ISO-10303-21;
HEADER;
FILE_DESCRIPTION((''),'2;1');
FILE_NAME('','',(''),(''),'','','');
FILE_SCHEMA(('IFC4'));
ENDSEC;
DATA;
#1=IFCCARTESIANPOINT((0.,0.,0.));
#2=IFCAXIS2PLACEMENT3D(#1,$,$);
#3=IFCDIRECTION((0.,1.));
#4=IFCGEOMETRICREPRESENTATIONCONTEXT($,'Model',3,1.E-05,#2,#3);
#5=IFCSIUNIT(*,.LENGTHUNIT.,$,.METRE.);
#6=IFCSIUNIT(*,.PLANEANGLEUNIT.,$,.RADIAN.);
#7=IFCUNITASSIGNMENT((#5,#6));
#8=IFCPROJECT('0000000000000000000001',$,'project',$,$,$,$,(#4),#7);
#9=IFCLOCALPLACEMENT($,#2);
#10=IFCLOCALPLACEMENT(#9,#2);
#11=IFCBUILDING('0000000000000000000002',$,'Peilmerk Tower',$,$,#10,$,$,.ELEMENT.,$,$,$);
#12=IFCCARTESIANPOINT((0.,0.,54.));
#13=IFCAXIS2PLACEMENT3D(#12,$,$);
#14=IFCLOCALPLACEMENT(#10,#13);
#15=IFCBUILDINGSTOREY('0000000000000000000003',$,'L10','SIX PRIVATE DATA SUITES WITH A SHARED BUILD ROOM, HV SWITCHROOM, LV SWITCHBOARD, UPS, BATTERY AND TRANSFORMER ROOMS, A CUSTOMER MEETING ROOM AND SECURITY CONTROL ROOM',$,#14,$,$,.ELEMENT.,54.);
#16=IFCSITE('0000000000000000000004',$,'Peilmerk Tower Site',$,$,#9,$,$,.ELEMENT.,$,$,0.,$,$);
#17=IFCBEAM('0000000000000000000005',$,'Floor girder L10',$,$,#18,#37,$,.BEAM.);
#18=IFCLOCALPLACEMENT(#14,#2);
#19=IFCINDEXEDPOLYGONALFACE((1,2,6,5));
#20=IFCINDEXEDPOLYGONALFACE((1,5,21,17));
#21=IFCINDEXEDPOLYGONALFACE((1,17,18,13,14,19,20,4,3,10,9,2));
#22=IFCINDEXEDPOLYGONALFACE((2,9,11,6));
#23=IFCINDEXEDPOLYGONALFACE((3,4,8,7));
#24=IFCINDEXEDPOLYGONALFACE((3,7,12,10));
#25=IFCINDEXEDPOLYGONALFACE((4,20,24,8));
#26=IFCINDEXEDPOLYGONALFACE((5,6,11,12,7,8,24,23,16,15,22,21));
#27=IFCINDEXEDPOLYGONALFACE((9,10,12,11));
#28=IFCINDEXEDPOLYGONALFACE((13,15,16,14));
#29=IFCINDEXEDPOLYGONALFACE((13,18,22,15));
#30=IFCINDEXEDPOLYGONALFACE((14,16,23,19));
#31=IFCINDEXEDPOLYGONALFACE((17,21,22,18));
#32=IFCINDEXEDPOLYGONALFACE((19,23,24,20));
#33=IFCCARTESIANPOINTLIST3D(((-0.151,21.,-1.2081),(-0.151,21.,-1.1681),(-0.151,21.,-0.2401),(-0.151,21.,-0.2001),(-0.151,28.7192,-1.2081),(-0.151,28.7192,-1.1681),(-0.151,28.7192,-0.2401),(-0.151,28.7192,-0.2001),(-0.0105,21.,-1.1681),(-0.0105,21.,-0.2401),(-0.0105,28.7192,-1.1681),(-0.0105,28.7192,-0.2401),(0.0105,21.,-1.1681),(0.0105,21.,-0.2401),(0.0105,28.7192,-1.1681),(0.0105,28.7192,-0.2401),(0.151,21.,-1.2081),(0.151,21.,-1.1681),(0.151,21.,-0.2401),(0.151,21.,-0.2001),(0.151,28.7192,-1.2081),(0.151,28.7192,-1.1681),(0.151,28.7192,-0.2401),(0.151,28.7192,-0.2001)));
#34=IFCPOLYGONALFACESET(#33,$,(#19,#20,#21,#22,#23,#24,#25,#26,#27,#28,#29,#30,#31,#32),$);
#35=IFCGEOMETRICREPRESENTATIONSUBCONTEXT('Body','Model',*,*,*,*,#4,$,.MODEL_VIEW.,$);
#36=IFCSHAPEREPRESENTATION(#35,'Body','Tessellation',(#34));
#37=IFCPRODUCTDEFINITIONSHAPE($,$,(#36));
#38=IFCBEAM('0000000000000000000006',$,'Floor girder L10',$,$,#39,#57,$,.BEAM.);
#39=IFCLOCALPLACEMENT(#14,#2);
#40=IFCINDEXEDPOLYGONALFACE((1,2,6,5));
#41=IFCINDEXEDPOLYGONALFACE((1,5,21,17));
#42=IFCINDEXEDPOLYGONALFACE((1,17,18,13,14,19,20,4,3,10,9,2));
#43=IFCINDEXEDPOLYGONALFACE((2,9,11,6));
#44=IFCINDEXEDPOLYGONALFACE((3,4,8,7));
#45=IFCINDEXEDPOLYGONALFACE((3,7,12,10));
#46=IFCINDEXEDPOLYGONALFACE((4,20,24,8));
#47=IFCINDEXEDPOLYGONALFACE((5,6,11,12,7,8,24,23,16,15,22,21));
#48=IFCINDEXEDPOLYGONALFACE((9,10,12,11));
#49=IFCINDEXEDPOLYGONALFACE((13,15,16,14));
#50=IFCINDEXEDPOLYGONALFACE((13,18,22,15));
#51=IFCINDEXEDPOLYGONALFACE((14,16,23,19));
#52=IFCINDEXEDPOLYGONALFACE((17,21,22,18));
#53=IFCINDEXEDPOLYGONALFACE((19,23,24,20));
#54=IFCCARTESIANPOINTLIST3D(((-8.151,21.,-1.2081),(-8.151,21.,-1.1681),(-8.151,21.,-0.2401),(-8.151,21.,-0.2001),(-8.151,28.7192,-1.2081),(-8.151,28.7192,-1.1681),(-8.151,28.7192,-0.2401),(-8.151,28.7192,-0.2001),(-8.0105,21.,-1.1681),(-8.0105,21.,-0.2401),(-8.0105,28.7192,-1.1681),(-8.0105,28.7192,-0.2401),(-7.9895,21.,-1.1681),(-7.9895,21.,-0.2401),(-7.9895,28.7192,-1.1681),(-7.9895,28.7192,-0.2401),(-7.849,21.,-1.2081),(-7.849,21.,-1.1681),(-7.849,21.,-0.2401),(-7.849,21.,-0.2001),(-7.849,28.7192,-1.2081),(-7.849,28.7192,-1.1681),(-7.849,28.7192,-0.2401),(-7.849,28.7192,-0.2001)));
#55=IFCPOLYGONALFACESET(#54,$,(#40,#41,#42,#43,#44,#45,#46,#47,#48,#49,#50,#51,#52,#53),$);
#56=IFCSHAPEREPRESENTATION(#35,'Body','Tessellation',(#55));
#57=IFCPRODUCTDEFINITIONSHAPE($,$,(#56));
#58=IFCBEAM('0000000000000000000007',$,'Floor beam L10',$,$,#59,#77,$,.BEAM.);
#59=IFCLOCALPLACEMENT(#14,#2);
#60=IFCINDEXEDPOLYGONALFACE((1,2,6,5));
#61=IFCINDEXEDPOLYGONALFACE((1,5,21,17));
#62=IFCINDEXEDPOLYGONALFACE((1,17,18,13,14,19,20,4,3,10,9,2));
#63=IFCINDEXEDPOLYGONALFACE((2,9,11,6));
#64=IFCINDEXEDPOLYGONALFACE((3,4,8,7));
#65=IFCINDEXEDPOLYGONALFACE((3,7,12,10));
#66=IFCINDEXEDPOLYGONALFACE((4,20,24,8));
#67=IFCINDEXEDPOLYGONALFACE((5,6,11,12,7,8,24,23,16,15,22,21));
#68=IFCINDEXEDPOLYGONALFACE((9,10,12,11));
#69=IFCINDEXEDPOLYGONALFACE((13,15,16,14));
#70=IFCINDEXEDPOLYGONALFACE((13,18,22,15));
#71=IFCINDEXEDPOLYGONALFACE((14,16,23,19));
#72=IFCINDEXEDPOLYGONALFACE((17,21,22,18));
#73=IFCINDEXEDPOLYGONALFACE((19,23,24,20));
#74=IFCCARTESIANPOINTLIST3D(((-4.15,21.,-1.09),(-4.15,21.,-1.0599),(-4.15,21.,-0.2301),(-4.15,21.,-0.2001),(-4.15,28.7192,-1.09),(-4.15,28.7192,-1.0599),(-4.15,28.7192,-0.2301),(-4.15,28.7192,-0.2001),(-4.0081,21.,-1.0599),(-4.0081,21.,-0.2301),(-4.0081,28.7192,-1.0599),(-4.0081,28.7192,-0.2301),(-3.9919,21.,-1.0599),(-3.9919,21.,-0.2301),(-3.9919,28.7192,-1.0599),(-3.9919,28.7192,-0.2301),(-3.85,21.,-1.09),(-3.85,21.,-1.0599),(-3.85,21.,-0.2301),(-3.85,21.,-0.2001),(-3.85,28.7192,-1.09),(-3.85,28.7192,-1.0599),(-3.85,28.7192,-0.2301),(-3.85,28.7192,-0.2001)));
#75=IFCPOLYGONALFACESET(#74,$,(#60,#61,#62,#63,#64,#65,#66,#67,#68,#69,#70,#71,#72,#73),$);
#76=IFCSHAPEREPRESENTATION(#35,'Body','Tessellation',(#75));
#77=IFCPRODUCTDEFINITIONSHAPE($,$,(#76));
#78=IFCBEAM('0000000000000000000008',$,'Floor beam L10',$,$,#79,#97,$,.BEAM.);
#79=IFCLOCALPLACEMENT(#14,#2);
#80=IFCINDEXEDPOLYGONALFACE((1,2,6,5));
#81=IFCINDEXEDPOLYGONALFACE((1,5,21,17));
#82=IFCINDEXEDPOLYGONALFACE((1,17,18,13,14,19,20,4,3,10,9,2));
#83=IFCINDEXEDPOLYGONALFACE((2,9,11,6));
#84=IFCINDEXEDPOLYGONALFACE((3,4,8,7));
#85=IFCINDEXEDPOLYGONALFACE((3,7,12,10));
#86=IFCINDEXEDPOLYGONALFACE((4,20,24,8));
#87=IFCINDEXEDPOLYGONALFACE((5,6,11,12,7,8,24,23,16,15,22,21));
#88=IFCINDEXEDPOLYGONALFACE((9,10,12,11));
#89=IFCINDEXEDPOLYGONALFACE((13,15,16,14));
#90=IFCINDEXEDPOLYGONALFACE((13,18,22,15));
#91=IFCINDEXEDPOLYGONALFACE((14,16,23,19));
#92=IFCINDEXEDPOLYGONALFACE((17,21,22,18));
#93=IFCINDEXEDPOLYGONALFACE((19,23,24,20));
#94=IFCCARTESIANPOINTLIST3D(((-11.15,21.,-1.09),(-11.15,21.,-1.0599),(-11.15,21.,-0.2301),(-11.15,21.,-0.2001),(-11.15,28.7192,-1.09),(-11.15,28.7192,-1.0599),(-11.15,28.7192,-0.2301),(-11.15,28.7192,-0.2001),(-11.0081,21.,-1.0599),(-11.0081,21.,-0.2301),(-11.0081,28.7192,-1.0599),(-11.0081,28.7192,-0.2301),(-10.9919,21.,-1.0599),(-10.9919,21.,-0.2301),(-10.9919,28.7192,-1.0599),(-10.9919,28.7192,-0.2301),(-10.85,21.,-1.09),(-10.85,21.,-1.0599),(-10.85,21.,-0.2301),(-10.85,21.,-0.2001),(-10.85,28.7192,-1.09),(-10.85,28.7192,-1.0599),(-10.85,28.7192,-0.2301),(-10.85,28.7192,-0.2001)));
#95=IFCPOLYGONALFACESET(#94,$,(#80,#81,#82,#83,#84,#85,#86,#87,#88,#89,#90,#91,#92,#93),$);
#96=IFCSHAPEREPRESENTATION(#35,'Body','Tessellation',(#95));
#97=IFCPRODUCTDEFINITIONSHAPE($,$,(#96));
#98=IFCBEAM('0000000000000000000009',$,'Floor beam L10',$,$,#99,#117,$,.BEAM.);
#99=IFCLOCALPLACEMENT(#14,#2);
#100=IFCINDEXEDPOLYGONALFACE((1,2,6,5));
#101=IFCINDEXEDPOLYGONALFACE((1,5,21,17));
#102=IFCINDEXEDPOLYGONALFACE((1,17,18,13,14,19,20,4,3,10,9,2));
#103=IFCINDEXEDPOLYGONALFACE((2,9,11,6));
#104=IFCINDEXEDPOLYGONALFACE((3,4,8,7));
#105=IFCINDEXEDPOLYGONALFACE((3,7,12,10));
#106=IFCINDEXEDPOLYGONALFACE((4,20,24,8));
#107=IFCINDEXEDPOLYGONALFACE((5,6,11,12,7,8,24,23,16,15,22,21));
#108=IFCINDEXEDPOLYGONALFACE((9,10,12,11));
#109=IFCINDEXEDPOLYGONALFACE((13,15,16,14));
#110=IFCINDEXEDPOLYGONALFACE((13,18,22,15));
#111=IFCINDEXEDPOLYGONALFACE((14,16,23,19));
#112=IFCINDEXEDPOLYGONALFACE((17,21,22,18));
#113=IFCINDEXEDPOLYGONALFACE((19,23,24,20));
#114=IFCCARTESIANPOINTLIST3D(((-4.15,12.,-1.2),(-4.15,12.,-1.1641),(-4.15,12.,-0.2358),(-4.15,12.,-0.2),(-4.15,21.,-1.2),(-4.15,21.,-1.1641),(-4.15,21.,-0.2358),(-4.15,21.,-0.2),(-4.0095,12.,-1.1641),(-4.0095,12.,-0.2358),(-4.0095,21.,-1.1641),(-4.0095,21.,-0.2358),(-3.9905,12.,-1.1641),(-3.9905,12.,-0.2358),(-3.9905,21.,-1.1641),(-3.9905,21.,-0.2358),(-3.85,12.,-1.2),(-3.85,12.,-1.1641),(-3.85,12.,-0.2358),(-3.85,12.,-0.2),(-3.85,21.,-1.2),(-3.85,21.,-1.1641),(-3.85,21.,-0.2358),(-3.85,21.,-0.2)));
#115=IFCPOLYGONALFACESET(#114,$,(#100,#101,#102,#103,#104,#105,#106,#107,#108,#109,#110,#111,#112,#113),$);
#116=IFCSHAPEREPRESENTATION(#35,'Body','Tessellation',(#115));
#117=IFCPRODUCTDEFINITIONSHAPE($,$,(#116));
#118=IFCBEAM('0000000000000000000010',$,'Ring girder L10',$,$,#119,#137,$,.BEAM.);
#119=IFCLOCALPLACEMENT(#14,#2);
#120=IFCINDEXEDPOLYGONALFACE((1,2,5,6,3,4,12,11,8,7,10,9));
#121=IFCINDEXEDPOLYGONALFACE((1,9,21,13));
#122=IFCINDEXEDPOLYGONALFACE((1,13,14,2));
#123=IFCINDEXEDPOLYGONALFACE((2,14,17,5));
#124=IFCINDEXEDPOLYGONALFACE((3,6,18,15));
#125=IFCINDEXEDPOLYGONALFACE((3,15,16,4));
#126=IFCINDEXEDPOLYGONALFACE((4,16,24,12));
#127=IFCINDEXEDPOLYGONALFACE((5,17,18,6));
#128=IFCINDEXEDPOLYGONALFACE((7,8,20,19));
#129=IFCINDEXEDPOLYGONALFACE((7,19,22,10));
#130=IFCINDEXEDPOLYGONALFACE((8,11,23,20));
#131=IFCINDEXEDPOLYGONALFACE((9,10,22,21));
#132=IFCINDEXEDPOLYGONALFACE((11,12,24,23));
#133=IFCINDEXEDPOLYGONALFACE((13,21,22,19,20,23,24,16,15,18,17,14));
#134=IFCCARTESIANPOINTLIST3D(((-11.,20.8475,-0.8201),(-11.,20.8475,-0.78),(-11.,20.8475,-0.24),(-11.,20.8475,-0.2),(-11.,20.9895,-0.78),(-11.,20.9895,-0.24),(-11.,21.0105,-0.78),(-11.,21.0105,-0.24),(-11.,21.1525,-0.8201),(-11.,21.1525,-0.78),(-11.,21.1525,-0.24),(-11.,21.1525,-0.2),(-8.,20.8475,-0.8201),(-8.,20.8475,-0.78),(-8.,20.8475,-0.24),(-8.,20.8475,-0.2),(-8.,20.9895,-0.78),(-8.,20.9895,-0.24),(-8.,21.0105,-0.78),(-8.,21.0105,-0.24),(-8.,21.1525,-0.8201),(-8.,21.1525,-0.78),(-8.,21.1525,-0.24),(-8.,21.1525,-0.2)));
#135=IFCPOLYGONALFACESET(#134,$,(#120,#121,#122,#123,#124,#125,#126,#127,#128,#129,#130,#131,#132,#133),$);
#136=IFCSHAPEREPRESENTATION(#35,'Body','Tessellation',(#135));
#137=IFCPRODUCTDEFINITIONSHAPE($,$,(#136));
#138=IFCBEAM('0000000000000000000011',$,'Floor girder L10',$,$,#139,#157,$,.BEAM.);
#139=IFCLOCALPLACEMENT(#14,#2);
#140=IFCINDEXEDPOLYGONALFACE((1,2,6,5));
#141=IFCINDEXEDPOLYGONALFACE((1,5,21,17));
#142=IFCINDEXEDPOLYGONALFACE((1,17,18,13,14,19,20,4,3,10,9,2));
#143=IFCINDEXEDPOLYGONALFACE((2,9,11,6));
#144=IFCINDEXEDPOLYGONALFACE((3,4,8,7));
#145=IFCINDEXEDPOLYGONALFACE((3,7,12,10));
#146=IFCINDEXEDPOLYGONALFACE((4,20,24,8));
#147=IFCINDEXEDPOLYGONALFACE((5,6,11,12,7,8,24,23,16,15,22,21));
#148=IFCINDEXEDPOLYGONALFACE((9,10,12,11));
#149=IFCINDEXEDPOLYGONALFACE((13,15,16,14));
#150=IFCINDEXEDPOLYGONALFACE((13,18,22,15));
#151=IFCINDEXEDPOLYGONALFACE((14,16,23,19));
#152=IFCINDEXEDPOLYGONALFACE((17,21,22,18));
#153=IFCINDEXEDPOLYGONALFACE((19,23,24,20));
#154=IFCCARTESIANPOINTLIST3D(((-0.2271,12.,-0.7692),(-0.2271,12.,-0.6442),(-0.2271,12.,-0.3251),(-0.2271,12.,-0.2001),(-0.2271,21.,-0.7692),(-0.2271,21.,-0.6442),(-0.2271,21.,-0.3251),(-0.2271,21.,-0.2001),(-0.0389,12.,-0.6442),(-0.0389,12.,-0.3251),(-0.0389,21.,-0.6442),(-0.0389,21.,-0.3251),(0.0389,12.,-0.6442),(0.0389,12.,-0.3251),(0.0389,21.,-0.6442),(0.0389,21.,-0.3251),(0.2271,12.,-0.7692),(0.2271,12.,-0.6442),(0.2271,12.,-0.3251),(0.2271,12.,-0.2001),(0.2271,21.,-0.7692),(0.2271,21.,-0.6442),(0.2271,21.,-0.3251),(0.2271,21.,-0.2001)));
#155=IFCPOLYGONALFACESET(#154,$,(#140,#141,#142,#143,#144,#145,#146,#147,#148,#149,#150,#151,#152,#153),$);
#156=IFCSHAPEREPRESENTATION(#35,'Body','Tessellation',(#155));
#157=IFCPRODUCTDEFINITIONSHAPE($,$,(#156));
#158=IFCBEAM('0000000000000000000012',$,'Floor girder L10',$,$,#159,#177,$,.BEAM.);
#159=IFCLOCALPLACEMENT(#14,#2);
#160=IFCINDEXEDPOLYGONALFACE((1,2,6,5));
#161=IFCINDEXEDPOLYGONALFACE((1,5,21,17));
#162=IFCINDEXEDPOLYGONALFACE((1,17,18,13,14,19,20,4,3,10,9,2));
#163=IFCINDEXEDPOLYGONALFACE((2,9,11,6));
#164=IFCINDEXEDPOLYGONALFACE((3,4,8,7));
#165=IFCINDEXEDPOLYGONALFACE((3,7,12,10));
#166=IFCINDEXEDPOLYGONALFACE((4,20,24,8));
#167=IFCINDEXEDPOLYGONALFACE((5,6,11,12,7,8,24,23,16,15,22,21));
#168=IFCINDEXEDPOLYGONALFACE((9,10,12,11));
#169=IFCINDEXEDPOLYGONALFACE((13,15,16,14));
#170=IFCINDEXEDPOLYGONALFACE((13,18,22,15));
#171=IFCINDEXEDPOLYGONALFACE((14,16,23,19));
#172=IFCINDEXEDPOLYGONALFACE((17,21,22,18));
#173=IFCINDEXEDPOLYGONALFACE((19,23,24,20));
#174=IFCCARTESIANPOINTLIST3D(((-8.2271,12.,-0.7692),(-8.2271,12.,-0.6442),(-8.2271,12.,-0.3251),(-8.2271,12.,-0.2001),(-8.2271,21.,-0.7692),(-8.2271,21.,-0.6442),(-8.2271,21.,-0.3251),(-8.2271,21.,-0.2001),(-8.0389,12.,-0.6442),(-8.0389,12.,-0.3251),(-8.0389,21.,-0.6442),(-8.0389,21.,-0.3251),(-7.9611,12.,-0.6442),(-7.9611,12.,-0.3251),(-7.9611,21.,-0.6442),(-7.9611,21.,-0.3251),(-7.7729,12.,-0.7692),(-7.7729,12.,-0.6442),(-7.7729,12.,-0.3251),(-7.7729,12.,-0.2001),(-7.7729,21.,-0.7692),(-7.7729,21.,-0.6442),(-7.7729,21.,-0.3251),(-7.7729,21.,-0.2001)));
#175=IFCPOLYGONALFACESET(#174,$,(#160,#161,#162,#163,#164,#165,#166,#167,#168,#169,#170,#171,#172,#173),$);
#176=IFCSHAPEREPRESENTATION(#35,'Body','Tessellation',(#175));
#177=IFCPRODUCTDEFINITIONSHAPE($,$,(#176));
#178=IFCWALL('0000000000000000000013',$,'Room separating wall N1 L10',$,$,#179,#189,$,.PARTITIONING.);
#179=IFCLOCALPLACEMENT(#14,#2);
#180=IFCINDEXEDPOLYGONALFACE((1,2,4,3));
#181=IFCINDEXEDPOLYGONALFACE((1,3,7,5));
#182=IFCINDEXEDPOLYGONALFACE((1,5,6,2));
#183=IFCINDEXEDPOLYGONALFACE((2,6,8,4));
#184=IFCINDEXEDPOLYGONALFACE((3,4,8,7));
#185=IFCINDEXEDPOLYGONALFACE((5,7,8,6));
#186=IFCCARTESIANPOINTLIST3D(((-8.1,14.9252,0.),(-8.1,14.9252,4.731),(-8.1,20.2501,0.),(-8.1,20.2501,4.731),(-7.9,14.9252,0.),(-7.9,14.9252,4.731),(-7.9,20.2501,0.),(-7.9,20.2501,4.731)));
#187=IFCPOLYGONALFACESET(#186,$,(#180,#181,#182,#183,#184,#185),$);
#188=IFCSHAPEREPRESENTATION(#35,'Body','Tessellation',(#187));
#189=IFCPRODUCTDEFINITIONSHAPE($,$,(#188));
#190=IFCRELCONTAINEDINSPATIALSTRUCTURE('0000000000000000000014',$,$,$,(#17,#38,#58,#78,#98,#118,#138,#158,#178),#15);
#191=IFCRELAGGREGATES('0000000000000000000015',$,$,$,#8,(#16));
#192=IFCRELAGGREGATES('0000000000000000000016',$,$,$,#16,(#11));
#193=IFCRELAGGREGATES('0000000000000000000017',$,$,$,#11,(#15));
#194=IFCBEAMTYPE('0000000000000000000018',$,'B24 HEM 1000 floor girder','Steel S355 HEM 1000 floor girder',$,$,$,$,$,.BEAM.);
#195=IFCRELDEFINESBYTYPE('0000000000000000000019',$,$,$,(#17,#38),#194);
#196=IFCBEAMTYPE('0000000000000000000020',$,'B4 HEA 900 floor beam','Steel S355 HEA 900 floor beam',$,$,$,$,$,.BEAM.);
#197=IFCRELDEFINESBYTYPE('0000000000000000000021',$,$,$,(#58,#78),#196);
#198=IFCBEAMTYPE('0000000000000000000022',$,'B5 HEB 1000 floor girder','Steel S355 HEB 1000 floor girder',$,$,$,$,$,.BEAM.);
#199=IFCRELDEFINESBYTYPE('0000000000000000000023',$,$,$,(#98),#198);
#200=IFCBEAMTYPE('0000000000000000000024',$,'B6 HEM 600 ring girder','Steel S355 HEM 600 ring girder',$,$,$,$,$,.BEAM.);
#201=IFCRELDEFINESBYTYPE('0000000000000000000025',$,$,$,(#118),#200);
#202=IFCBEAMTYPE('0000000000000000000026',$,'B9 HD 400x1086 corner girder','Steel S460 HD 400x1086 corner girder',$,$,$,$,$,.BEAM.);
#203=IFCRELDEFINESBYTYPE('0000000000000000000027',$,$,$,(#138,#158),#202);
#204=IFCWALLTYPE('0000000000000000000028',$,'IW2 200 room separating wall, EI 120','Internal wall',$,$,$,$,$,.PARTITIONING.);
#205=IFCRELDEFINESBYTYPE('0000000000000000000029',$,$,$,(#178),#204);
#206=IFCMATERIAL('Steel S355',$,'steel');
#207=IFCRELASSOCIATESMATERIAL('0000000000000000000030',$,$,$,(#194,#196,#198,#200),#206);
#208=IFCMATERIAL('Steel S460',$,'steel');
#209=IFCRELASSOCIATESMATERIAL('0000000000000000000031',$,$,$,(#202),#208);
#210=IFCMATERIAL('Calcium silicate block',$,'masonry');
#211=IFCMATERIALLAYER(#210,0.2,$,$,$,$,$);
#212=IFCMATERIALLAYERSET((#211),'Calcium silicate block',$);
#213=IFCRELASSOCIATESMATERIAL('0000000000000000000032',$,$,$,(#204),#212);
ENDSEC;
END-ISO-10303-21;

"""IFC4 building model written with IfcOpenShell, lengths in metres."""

from ifc_helpers import new_model, si_unit, direction, frame, frame_2d, origin, origin_2d, place, context, subcontext, project, spatial, rectangle, i_section, extrude, material, layer, layer_set, material_profile, profile_set, type_object, element, save


model = new_model("IFC4")

# Units and contexts
model_context = context("Model", 3, precision=1e-05, world=origin(), true_north=direction((0.0, 1.0)))
body_context = subcontext(model_context, "Body", "Model", "MODEL_VIEW")
ifc_project = project(units=[si_unit("LENGTHUNIT", "METRE"), si_unit("PLANEANGLEUNIT", "RADIAN")], contexts=[model_context])

# Site, building, storey
site_placement = place(None, origin())
site = spatial("IfcSite", under=ifc_project, at=site_placement, Name="Peilmerk Tower Site", CompositionType="ELEMENT", RefElevation=0.0)
building_placement = place(site_placement, origin())
building = spatial("IfcBuilding", under=site, at=building_placement, Name="Peilmerk Tower", CompositionType="ELEMENT")
storey_placement = place(building_placement, frame((0.0, 0.0, 54.0)))
storey = spatial("IfcBuildingStorey", under=building, at=storey_placement, Name="L10", Description="SIX PRIVATE DATA SUITES WITH A SHARED BUILD ROOM, HV SWITCHROOM, LV SWITCHBOARD, UPS, BATTERY AND TRANSFORMER ROOMS, A CUSTOMER MEETING ROOM AND SECURITY CONTROL ROOM", CompositionType="ELEMENT", Elevation=54.0)

# Beams
ifc_material_1 = material(Name="Steel S355", Category="steel")
ifc_material_profile_1 = material_profile(ifc_material_1, i_section(OverallWidth=0.302, OverallDepth=1.0081, WebThickness=0.021, FlangeThickness=0.04, at=origin_2d()), Name="HEM 1000")
ifc_profile_set_1 = profile_set([ifc_material_profile_1], Name="Steel S355")
beam_type_1 = type_object("IfcBeamType", Name="B24 HEM 1000 floor girder", Description="Steel S355 HEM 1000 floor girder", PredefinedType="BEAM", material=ifc_profile_set_1)
for number, where, z_axis, x_axis, name in (
    (1, (0.0, 21.0, -0.7041), (0.0, 1.0, 0.0), (-1.0, 0.0, 0.0), "Floor girder L10"),
    (2, (-8.0, 21.0, -0.7041), (0.0, 1.0, 0.0), (-1.0, 0.0, 0.0), "Floor girder L10"),
):
    element("IfcBeam", number, at=place(storey_placement, frame(where, z_axis=z_axis, x_axis=x_axis)), inside=storey, type_object=beam_type_1, Name=name, PredefinedType="BEAM", context=body_context, shape_type="SweptSolid", body=[
        extrude(i_section(OverallWidth=0.302, OverallDepth=1.0081, WebThickness=0.021, FlangeThickness=0.04, at=origin_2d()), origin(), (0.0, 0.0, 1.0), 7.7192),
    ])
ifc_material_profile_2 = material_profile(ifc_material_1, i_section(OverallWidth=0.3, OverallDepth=0.8899, WebThickness=0.0161, FlangeThickness=0.03, at=origin_2d()), Name="HEA 900")
ifc_profile_set_2 = profile_set([ifc_material_profile_2], Name="Steel S355")
beam_type_2 = type_object("IfcBeamType", Name="B4 HEA 900 floor beam", Description="Steel S355 HEA 900 floor beam", PredefinedType="BEAM", material=ifc_profile_set_2)
for number, where, z_axis, x_axis, name in (
    (3, (-4.0, 21.0, -0.645), (0.0, 1.0, 0.0), (-1.0, 0.0, 0.0), "Floor beam L10"),
    (4, (-11.0, 21.0, -0.645), (0.0, 1.0, 0.0), (-1.0, 0.0, 0.0), "Floor beam L10"),
):
    element("IfcBeam", number, at=place(storey_placement, frame(where, z_axis=z_axis, x_axis=x_axis)), inside=storey, type_object=beam_type_2, Name=name, PredefinedType="BEAM", context=body_context, shape_type="SweptSolid", body=[
        extrude(i_section(OverallWidth=0.3, OverallDepth=0.8899, WebThickness=0.0161, FlangeThickness=0.03, at=origin_2d()), origin(), (0.0, 0.0, 1.0), 7.7192),
    ])
ifc_material_profile_3 = material_profile(ifc_material_1, i_section(OverallWidth=0.3, OverallDepth=1.0, WebThickness=0.019, FlangeThickness=0.0359, at=origin_2d()), Name="HEB 1000")
ifc_profile_set_3 = profile_set([ifc_material_profile_3], Name="Steel S355")
beam_type_3 = type_object("IfcBeamType", Name="B5 HEB 1000 floor girder", Description="Steel S355 HEB 1000 floor girder", PredefinedType="BEAM", material=ifc_profile_set_3)
beam_1_placement = place(storey_placement, frame((-4.0, 12.0, -0.7), z_axis=(0.0, 1.0, 0.0), x_axis=(-1.0, 0.0, 0.0)))
element("IfcBeam", 5, at=beam_1_placement, inside=storey, type_object=beam_type_3, Name="Floor beam L10", PredefinedType="BEAM", context=body_context, shape_type="SweptSolid", body=[
    extrude(i_section(OverallWidth=0.3, OverallDepth=1.0, WebThickness=0.019, FlangeThickness=0.0359, at=origin_2d()), origin(), (0.0, 0.0, 1.0), 9.0),
])
ifc_material_profile_4 = material_profile(ifc_material_1, i_section(OverallWidth=0.3049, OverallDepth=0.6201, WebThickness=0.021, FlangeThickness=0.04, at=origin_2d()), Name="HEM 600")
ifc_profile_set_4 = profile_set([ifc_material_profile_4], Name="Steel S355")
beam_type_4 = type_object("IfcBeamType", Name="B6 HEM 600 ring girder", Description="Steel S355 HEM 600 ring girder", PredefinedType="BEAM", material=ifc_profile_set_4)
beam_2_placement = place(storey_placement, frame((-8.0, 21.0, -0.51), z_axis=(-1.0, 0.0, 0.0), x_axis=(0.0, -1.0, 0.0)))
element("IfcBeam", 6, at=beam_2_placement, inside=storey, type_object=beam_type_4, Name="Ring girder L10", PredefinedType="BEAM", context=body_context, shape_type="SweptSolid", body=[
    extrude(i_section(OverallWidth=0.3049, OverallDepth=0.6201, WebThickness=0.021, FlangeThickness=0.04, at=origin_2d()), origin(), (0.0, 0.0, 1.0), 3.0),
])
ifc_material_2 = material(Name="Steel S460", Category="steel")
ifc_material_profile_5 = material_profile(ifc_material_2, i_section(OverallWidth=0.4541, OverallDepth=0.5691, WebThickness=0.0779, FlangeThickness=0.125, at=origin_2d()), Name="HD 400x1086")
ifc_profile_set_5 = profile_set([ifc_material_profile_5], Name="Steel S460")
beam_type_5 = type_object("IfcBeamType", Name="B9 HD 400x1086 corner girder", Description="Steel S460 HD 400x1086 corner girder", PredefinedType="BEAM", material=ifc_profile_set_5)
for number, where, z_axis, x_axis, name in (
    (7, (0.0, 12.0, -0.4846), (0.0, 1.0, 0.0), (-1.0, 0.0, 0.0), "Floor girder L10"),
    (8, (-8.0, 12.0, -0.4846), (0.0, 1.0, 0.0), (-1.0, 0.0, 0.0), "Floor girder L10"),
):
    element("IfcBeam", number, at=place(storey_placement, frame(where, z_axis=z_axis, x_axis=x_axis)), inside=storey, type_object=beam_type_5, Name=name, PredefinedType="BEAM", context=body_context, shape_type="SweptSolid", body=[
        extrude(i_section(OverallWidth=0.4541, OverallDepth=0.5691, WebThickness=0.0779, FlangeThickness=0.125, at=origin_2d()), origin(), (0.0, 0.0, 1.0), 9.0),
    ])

# Wall
ifc_material_3 = material(Name="Calcium silicate block", Category="masonry")
ifc_layer = layer(ifc_material_3, 0.2)
ifc_layer_set = layer_set([ifc_layer], Name="Calcium silicate block")
wall_type = type_object("IfcWallType", Name="IW2 200 room separating wall, EI 120", Description="Internal wall", PredefinedType="PARTITIONING", material=ifc_layer_set)
wall_1_placement = place(storey_placement, frame((-8.0, 14.925, 0.0), z_axis=(0.0, 0.0, 1.0), x_axis=(0.0, 1.0, 0.0)))
element("IfcWall", 9, at=wall_1_placement, inside=storey, type_object=wall_type, Name="Room separating wall N1 L10", PredefinedType="PARTITIONING", context=body_context, shape_type="SweptSolid", body=[
    extrude(rectangle(XDim=5.325, YDim=0.2, at=frame_2d((2.6626, 0.0))), origin(), (0.0, 0.0, 1.0), 4.731),
])

save(model, "model.ifc")
